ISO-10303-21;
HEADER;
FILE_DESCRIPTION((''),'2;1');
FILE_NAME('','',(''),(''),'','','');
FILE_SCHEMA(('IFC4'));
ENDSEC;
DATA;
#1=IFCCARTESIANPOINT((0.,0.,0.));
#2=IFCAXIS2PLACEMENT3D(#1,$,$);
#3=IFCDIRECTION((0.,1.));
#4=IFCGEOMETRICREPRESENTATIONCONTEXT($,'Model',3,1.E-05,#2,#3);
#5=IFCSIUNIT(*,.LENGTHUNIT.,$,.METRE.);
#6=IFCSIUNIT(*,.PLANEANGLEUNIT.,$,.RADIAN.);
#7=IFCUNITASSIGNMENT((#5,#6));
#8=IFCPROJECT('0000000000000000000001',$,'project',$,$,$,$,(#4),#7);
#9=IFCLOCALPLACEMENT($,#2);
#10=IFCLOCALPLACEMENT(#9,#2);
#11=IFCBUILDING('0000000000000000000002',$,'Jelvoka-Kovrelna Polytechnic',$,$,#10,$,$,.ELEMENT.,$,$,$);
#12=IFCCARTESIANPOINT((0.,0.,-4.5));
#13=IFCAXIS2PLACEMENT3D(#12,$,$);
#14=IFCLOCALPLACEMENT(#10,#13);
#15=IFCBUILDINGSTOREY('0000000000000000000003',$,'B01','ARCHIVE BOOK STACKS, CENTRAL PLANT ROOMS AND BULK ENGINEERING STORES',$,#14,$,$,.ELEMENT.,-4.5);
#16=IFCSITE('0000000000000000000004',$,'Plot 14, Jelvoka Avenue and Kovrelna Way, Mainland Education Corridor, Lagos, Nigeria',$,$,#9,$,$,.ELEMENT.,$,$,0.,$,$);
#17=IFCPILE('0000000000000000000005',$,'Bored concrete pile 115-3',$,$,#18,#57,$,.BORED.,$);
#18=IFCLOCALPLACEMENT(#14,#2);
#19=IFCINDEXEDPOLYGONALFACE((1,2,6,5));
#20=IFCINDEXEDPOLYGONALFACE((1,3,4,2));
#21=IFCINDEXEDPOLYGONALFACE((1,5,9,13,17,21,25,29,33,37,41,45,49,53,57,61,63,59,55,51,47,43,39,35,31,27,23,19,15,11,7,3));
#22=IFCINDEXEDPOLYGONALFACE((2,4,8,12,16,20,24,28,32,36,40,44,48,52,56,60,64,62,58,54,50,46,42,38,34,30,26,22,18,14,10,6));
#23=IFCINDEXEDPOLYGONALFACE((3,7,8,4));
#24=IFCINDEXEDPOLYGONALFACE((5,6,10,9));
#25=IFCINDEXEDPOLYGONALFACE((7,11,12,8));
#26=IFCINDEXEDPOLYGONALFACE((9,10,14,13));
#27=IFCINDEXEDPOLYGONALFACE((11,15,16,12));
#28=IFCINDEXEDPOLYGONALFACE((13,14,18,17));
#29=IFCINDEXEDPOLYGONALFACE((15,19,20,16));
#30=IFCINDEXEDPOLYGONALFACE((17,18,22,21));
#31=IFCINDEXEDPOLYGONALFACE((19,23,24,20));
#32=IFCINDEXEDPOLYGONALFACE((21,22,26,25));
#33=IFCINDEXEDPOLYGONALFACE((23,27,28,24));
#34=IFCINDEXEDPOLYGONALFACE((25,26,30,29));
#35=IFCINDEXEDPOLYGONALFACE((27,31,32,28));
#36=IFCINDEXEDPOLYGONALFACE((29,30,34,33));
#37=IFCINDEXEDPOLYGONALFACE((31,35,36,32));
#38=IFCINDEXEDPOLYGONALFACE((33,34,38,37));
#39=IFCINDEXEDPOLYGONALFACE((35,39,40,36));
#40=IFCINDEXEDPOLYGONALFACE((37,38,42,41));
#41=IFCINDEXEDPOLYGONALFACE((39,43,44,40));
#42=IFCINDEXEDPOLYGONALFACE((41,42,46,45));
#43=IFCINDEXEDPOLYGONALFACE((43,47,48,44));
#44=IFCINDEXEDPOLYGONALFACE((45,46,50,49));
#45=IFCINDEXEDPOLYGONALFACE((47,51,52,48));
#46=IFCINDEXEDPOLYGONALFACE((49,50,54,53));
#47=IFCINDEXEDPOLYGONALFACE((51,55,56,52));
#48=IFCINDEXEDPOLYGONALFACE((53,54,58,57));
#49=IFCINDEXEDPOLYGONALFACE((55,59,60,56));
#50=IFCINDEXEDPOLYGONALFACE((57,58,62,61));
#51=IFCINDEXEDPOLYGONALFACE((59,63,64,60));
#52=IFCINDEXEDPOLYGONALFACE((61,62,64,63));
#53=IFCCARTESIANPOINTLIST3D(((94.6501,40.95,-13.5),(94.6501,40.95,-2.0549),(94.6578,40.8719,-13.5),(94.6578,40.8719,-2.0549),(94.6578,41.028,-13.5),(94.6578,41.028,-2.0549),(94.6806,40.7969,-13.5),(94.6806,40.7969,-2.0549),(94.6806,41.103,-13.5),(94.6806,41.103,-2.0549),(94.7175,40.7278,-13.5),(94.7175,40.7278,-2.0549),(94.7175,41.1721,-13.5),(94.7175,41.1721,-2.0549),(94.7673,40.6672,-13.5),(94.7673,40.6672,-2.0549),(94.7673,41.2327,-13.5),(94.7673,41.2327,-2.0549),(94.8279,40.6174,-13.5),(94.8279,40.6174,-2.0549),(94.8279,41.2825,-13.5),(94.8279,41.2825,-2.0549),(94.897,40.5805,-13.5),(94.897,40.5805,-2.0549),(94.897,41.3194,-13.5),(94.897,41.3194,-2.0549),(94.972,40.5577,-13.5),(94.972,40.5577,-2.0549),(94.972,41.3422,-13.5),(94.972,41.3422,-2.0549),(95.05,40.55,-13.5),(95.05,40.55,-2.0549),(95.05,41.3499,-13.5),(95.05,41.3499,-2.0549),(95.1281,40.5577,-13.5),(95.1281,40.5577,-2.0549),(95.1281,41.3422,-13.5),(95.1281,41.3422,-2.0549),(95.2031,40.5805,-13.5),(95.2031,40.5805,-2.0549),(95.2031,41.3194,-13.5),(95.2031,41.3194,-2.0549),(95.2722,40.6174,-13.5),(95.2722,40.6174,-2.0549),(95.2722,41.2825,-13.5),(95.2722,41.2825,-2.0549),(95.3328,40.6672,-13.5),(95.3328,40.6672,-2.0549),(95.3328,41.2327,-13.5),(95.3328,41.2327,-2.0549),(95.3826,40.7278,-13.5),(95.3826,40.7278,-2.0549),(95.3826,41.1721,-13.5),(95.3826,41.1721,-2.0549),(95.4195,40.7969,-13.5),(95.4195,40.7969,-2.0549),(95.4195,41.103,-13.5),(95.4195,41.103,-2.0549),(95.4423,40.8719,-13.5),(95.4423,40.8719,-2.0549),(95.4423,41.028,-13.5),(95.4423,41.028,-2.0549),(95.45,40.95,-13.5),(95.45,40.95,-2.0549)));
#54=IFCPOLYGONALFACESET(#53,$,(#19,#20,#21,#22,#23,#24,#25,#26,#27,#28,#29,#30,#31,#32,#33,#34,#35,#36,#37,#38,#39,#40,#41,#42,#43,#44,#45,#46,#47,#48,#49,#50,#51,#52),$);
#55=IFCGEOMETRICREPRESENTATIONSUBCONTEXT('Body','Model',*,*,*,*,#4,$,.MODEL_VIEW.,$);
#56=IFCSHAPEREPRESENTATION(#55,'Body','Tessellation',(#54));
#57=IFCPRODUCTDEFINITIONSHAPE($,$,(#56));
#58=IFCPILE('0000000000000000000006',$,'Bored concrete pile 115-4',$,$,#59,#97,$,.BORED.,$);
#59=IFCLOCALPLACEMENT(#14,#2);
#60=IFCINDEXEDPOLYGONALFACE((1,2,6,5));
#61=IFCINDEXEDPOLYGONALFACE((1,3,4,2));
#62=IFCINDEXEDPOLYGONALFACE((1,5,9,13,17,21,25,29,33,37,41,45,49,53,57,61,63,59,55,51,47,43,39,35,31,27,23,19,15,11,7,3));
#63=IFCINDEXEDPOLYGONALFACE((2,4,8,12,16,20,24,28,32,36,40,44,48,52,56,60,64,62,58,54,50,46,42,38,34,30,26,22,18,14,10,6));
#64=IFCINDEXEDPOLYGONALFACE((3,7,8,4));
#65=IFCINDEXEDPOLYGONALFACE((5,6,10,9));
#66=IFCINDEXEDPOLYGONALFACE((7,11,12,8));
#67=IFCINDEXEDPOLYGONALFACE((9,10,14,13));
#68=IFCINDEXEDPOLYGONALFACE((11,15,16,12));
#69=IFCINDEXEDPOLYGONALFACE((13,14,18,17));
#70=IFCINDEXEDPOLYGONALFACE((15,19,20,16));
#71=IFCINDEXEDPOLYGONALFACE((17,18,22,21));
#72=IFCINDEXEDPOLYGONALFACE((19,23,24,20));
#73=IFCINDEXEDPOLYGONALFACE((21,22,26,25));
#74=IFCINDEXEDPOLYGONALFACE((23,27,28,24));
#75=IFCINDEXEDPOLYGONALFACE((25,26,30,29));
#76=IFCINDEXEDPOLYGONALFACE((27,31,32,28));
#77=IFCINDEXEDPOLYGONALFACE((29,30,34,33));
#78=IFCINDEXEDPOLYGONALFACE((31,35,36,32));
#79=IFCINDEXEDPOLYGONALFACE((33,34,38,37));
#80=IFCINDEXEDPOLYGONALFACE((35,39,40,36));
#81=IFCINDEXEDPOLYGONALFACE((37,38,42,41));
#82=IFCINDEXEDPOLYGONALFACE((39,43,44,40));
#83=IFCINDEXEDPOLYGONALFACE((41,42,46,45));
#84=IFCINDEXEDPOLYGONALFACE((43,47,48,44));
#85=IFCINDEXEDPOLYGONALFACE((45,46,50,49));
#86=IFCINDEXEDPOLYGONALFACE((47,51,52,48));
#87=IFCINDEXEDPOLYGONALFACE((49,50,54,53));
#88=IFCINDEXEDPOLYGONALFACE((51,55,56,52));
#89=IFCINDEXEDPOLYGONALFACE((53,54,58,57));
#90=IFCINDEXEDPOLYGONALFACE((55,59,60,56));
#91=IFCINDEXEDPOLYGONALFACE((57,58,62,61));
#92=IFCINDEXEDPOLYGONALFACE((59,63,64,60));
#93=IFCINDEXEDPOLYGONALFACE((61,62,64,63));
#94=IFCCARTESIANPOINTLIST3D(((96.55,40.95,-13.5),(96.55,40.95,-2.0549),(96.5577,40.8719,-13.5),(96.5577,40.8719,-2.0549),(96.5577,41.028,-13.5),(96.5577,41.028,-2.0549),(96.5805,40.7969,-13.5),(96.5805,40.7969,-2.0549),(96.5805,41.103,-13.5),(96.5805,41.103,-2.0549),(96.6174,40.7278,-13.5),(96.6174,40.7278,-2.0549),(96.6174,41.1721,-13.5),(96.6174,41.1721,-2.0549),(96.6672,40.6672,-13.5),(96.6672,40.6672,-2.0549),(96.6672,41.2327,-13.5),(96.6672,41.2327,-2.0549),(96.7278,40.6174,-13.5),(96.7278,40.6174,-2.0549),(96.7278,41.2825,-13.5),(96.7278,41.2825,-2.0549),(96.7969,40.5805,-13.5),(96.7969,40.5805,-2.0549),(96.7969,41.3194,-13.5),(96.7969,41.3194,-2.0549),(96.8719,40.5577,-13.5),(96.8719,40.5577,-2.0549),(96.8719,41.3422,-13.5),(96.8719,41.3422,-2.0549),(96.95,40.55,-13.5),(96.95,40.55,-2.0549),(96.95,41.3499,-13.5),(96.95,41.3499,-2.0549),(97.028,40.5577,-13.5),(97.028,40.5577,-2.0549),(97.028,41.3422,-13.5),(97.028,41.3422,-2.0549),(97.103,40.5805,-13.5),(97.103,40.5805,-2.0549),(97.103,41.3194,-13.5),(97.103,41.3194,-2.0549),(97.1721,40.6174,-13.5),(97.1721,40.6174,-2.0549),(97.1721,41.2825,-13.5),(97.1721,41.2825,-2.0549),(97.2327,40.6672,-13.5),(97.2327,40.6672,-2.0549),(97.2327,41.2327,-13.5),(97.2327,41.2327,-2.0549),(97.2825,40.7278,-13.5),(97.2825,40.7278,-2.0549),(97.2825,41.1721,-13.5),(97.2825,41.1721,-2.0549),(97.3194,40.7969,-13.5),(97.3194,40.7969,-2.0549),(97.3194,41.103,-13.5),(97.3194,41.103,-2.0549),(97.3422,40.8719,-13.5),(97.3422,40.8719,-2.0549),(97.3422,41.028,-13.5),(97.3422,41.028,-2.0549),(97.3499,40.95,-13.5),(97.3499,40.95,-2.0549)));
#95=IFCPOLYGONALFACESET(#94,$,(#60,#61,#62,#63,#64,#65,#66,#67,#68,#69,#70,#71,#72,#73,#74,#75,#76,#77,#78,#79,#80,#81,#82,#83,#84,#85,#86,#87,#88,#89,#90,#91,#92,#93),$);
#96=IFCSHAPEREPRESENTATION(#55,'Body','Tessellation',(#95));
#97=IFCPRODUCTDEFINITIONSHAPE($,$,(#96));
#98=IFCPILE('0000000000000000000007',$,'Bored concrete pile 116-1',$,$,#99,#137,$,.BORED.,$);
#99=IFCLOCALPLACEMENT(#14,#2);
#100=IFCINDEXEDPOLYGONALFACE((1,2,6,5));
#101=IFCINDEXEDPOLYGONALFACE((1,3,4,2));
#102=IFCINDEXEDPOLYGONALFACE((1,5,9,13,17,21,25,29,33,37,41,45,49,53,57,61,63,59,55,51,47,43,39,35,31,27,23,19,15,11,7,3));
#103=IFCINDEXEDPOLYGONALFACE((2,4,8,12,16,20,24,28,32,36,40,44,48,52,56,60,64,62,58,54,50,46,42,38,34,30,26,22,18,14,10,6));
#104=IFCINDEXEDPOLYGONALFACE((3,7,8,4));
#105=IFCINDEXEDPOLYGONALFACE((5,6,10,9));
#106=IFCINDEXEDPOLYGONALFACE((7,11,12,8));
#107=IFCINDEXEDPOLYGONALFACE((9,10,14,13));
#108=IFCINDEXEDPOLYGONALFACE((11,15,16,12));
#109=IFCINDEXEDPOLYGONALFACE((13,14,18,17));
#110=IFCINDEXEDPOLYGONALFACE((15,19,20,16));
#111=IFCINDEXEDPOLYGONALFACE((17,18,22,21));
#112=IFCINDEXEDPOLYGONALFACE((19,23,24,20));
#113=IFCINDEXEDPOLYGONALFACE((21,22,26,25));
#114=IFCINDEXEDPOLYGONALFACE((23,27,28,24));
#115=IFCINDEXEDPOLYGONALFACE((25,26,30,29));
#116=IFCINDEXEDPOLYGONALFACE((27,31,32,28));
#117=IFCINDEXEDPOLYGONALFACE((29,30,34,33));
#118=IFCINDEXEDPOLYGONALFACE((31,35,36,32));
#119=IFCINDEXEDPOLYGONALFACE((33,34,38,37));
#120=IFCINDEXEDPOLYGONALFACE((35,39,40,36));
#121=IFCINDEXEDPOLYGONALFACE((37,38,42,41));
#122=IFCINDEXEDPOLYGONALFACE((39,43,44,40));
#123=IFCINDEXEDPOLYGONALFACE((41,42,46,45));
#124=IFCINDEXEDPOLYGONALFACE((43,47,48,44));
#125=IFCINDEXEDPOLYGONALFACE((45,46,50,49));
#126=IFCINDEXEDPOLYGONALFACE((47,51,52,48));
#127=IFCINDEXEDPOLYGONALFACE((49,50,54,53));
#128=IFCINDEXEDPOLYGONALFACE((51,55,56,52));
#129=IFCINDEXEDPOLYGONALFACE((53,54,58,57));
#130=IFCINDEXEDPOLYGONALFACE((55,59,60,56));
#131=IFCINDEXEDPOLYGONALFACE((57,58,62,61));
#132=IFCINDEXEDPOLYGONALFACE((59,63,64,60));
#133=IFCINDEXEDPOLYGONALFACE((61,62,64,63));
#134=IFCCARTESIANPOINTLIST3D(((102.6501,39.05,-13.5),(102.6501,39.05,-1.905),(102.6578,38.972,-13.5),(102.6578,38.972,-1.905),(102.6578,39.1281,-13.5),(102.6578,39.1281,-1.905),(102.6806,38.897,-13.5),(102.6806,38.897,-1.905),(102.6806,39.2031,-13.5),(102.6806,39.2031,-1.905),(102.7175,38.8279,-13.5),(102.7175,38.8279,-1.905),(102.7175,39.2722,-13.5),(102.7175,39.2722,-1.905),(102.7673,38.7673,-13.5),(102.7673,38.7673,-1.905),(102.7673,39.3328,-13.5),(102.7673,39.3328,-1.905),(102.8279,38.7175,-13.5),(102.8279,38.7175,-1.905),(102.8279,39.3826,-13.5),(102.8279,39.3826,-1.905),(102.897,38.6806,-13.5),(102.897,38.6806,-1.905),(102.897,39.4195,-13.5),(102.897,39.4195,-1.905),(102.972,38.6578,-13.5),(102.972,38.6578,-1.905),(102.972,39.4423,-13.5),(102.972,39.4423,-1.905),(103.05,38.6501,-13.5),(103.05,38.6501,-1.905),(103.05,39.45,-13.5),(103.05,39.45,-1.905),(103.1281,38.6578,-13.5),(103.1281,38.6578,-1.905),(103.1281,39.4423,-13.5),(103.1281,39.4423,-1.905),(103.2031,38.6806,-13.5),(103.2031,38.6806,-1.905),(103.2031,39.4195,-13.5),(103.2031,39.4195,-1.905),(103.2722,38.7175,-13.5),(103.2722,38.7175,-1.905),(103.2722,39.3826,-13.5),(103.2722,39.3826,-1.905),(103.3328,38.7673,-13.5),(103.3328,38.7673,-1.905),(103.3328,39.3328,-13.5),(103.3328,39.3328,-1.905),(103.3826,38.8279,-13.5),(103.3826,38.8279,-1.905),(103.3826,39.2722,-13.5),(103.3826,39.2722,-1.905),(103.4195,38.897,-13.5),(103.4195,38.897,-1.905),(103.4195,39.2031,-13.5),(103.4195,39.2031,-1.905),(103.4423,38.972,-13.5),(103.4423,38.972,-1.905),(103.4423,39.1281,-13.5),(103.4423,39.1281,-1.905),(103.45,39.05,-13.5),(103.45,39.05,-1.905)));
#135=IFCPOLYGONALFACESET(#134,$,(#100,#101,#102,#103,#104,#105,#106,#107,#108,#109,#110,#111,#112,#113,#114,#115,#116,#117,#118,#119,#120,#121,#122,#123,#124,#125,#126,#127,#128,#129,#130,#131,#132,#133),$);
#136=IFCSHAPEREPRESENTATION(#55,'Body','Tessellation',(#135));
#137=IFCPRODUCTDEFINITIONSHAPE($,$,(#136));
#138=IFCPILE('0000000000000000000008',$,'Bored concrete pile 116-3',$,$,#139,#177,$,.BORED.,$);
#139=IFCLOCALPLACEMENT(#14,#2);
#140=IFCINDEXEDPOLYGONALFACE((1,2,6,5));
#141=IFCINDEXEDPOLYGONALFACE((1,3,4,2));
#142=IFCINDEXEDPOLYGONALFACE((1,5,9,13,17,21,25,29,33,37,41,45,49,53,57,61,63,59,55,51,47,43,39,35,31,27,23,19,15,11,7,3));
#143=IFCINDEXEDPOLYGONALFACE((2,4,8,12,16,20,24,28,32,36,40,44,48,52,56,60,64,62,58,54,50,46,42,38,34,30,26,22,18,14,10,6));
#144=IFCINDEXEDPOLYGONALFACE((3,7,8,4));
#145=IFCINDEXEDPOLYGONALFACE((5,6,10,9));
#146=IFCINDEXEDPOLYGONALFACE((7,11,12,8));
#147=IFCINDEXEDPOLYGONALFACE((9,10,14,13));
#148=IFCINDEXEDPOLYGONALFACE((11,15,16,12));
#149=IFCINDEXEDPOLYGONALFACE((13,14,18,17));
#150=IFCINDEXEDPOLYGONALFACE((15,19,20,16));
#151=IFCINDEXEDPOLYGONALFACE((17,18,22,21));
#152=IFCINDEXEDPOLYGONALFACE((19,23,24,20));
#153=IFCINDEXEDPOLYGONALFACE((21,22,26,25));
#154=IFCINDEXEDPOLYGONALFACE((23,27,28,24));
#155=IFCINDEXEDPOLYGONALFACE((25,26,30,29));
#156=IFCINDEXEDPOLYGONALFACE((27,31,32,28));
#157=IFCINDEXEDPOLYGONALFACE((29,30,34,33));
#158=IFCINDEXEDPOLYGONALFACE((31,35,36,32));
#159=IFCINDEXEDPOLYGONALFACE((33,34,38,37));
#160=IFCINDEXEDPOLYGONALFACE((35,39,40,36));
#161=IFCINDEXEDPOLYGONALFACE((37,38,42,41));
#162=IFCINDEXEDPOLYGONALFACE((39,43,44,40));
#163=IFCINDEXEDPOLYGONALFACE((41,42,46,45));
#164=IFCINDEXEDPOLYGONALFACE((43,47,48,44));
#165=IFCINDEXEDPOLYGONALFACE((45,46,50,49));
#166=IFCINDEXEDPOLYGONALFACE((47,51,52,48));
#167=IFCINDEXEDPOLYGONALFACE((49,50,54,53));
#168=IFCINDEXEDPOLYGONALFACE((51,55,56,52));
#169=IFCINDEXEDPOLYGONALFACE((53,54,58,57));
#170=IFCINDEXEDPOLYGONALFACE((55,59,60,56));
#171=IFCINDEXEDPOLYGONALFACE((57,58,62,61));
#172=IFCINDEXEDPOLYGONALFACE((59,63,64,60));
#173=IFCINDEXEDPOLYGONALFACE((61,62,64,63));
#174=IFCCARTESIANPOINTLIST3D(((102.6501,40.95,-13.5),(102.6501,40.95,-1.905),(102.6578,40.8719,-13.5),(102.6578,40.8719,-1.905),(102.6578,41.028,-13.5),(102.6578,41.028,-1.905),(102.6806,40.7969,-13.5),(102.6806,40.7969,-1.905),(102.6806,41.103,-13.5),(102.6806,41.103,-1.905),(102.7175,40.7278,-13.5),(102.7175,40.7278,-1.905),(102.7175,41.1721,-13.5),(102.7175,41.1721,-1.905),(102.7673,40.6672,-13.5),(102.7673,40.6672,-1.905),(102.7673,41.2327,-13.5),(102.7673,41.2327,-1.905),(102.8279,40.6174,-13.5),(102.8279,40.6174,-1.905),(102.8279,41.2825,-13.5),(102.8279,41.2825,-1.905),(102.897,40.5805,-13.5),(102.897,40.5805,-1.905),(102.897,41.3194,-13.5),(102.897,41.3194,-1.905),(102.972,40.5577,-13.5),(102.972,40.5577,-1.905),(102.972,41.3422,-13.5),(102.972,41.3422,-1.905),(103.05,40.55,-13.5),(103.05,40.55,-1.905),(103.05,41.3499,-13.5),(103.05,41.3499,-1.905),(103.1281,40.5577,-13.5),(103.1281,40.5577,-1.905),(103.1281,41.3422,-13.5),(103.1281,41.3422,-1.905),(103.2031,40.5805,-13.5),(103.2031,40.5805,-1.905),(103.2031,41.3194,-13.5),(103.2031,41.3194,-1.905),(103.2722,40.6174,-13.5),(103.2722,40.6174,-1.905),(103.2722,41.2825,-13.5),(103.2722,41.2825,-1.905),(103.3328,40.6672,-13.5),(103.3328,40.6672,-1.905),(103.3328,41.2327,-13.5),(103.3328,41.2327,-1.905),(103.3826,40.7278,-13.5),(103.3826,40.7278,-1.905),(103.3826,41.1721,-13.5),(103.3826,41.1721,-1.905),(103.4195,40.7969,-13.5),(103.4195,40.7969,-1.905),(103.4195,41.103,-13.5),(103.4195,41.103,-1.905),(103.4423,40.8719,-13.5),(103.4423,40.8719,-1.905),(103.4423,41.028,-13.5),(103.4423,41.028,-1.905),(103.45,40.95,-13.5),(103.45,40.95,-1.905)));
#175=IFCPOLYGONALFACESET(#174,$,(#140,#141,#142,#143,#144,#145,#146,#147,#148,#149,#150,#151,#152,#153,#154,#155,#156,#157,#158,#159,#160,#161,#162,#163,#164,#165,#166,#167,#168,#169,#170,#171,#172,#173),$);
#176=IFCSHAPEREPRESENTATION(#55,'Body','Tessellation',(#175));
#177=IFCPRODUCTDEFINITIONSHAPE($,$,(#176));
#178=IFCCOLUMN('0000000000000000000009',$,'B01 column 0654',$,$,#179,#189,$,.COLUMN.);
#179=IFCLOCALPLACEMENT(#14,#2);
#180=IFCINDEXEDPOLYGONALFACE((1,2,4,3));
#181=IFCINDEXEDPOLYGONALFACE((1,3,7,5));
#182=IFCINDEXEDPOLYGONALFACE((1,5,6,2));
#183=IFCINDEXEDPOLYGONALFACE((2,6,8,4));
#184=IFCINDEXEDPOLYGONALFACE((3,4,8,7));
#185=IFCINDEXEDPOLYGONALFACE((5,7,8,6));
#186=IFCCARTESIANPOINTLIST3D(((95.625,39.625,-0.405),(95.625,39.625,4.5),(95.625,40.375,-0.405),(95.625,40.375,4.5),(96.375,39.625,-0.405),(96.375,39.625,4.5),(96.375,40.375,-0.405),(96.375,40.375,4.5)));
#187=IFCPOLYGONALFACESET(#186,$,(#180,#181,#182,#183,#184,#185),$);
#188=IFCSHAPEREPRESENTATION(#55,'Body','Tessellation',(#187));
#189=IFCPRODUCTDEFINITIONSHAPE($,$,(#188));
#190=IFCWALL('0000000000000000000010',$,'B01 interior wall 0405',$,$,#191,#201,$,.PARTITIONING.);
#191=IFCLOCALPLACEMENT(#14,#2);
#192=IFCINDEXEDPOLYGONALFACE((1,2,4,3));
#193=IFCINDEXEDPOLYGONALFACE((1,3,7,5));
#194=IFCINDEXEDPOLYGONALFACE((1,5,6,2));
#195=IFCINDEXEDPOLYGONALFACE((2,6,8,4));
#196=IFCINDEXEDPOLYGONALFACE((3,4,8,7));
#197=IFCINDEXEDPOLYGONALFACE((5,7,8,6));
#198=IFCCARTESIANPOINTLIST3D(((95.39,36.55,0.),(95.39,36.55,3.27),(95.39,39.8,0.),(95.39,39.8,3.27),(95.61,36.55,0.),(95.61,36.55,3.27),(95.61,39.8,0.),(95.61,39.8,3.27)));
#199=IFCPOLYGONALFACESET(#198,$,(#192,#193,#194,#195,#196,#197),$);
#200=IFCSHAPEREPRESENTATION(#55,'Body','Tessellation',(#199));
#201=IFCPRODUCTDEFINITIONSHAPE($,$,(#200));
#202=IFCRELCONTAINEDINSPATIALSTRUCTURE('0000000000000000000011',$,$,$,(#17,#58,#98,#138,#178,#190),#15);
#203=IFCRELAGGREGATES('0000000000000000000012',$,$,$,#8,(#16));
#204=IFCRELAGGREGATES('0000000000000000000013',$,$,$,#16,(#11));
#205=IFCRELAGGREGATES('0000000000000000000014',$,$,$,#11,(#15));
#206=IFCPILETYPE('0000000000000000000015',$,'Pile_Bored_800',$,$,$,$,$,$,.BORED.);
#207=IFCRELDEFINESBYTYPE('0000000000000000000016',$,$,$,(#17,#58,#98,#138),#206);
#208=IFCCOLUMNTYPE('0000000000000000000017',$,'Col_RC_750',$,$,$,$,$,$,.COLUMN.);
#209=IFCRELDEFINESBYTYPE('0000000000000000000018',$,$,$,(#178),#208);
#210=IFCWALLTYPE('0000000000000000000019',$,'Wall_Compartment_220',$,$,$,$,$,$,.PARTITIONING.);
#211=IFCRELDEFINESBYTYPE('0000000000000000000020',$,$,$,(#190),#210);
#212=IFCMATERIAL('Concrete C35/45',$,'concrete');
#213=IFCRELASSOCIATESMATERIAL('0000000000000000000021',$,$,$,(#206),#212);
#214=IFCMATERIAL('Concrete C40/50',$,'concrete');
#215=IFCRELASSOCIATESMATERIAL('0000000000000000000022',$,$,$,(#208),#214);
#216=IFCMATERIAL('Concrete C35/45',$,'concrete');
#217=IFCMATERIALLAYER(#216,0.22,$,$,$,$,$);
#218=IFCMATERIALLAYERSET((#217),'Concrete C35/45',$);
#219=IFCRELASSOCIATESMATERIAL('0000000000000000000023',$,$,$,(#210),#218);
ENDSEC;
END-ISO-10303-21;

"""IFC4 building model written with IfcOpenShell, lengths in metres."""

from ifc_helpers import new_model, si_unit, direction, frame, frame_2d, origin, origin_2d, place, context, subcontext, project, spatial, rectangle, circle, extrude, material, layer, layer_set, material_profile, profile_set, type_object, element, save


model = new_model("IFC4")

# Units and contexts
model_context = context("Model", 3, precision=1e-05, world=origin(), true_north=direction((0.0, 1.0)))
body_context = subcontext(model_context, "Body", "Model", "MODEL_VIEW")
ifc_project = project(units=[si_unit("LENGTHUNIT", "METRE"), si_unit("PLANEANGLEUNIT", "RADIAN")], contexts=[model_context])

# Site, building, storey
site_placement = place(None, origin())
site = spatial("IfcSite", under=ifc_project, at=site_placement, Name="Plot 14, Jelvoka Avenue and Kovrelna Way, Mainland Education Corridor, Lagos, Nigeria", CompositionType="ELEMENT", RefElevation=0.0)
building_placement = place(site_placement, origin())
building = spatial("IfcBuilding", under=site, at=building_placement, Name="Jelvoka-Kovrelna Polytechnic", CompositionType="ELEMENT")
storey_placement = place(building_placement, frame((0.0, 0.0, -4.5)))
storey = spatial("IfcBuildingStorey", under=building, at=storey_placement, Name="B01", Description="ARCHIVE BOOK STACKS, CENTRAL PLANT ROOMS AND BULK ENGINEERING STORES", CompositionType="ELEMENT", Elevation=-4.5)

# Piles
ifc_material_1 = material(Name="Concrete C35/45", Category="concrete")
ifc_material_profile_1 = material_profile(ifc_material_1, circle(Radius=0.3999, at=origin_2d()), Name="PILE D800")
ifc_profile_set_1 = profile_set([ifc_material_profile_1], Name="Concrete C35/45")
pile_type = type_object("IfcPileType", Name="Pile_Bored_800", PredefinedType="BORED", material=ifc_profile_set_1)
for number, where, z_axis, x_axis, name in (
    (1, (95.05, 40.95, -2.0549), (0.0, 0.0, -1.0), (1.0, 0.0, 0.0), "Bored concrete pile 115-3"),
    (2, (96.95, 40.95, -2.0549), (0.0, 0.0, -1.0), (1.0, 0.0, 0.0), "Bored concrete pile 115-4"),
):
    element("IfcPile", number, at=place(storey_placement, frame(where, z_axis=z_axis, x_axis=x_axis)), inside=storey, type_object=pile_type, Name=name, PredefinedType="BORED", context=body_context, shape_type="SweptSolid", body=[
        extrude(circle(Radius=0.3999, at=origin_2d()), origin(), (0.0, 0.0, 1.0), 11.4451),
    ])
for number, where, z_axis, x_axis, name in (
    (3, (103.05, 39.05, -1.905), (0.0, 0.0, -1.0), (1.0, 0.0, 0.0), "Bored concrete pile 116-1"),
    (4, (103.05, 40.95, -1.905), (0.0, 0.0, -1.0), (1.0, 0.0, 0.0), "Bored concrete pile 116-3"),
):
    element("IfcPile", number, at=place(storey_placement, frame(where, z_axis=z_axis, x_axis=x_axis)), inside=storey, type_object=pile_type, Name=name, PredefinedType="BORED", context=body_context, shape_type="SweptSolid", body=[
        extrude(circle(Radius=0.3999, at=origin_2d()), origin(), (0.0, 0.0, 1.0), 11.595),
    ])

# Column
ifc_material_2 = material(Name="Concrete C40/50", Category="concrete")
ifc_material_profile_2 = material_profile(ifc_material_2, rectangle(XDim=0.75, YDim=0.75, at=origin_2d()), Name="RC 750x750")
ifc_profile_set_2 = profile_set([ifc_material_profile_2], Name="Concrete C40/50")
column_type = type_object("IfcColumnType", Name="Col_RC_750", PredefinedType="COLUMN", material=ifc_profile_set_2)
column_placement = place(storey_placement, frame((96.0, 40.0, -0.405), z_axis=(0.0, 0.0, 1.0), x_axis=(1.0, 0.0, 0.0)))
element("IfcColumn", 5, at=column_placement, inside=storey, type_object=column_type, Name="B01 column 0654", PredefinedType="COLUMN", context=body_context, shape_type="SweptSolid", body=[
    extrude(rectangle(XDim=0.75, YDim=0.75, at=origin_2d()), origin(), (0.0, 0.0, 1.0), 4.905),
])

# Wall
ifc_material_3 = material(Name="Concrete C35/45", Category="concrete")
ifc_layer_1 = layer(ifc_material_3, 0.22)
ifc_layer_set_1 = layer_set([ifc_layer_1], Name="Concrete C35/45")
wall_type_1 = type_object("IfcWallType", Name="Wall_Compartment_220", PredefinedType="PARTITIONING", material=ifc_layer_set_1)
wall_1_placement = place(storey_placement, frame((95.5, 36.55, 0.0), z_axis=(0.0, 0.0, 1.0), x_axis=(0.0, 1.0, 0.0)))
element("IfcWall", 6, at=wall_1_placement, inside=storey, type_object=wall_type_1, Name="B01 interior wall 0405", PredefinedType="PARTITIONING", context=body_context, shape_type="SweptSolid", body=[
    extrude(rectangle(XDim=3.25, YDim=0.22, at=frame_2d((1.625, 0.0))), origin(), (0.0, 0.0, 1.0), 3.27),
])

save(model, "model.ifc")
